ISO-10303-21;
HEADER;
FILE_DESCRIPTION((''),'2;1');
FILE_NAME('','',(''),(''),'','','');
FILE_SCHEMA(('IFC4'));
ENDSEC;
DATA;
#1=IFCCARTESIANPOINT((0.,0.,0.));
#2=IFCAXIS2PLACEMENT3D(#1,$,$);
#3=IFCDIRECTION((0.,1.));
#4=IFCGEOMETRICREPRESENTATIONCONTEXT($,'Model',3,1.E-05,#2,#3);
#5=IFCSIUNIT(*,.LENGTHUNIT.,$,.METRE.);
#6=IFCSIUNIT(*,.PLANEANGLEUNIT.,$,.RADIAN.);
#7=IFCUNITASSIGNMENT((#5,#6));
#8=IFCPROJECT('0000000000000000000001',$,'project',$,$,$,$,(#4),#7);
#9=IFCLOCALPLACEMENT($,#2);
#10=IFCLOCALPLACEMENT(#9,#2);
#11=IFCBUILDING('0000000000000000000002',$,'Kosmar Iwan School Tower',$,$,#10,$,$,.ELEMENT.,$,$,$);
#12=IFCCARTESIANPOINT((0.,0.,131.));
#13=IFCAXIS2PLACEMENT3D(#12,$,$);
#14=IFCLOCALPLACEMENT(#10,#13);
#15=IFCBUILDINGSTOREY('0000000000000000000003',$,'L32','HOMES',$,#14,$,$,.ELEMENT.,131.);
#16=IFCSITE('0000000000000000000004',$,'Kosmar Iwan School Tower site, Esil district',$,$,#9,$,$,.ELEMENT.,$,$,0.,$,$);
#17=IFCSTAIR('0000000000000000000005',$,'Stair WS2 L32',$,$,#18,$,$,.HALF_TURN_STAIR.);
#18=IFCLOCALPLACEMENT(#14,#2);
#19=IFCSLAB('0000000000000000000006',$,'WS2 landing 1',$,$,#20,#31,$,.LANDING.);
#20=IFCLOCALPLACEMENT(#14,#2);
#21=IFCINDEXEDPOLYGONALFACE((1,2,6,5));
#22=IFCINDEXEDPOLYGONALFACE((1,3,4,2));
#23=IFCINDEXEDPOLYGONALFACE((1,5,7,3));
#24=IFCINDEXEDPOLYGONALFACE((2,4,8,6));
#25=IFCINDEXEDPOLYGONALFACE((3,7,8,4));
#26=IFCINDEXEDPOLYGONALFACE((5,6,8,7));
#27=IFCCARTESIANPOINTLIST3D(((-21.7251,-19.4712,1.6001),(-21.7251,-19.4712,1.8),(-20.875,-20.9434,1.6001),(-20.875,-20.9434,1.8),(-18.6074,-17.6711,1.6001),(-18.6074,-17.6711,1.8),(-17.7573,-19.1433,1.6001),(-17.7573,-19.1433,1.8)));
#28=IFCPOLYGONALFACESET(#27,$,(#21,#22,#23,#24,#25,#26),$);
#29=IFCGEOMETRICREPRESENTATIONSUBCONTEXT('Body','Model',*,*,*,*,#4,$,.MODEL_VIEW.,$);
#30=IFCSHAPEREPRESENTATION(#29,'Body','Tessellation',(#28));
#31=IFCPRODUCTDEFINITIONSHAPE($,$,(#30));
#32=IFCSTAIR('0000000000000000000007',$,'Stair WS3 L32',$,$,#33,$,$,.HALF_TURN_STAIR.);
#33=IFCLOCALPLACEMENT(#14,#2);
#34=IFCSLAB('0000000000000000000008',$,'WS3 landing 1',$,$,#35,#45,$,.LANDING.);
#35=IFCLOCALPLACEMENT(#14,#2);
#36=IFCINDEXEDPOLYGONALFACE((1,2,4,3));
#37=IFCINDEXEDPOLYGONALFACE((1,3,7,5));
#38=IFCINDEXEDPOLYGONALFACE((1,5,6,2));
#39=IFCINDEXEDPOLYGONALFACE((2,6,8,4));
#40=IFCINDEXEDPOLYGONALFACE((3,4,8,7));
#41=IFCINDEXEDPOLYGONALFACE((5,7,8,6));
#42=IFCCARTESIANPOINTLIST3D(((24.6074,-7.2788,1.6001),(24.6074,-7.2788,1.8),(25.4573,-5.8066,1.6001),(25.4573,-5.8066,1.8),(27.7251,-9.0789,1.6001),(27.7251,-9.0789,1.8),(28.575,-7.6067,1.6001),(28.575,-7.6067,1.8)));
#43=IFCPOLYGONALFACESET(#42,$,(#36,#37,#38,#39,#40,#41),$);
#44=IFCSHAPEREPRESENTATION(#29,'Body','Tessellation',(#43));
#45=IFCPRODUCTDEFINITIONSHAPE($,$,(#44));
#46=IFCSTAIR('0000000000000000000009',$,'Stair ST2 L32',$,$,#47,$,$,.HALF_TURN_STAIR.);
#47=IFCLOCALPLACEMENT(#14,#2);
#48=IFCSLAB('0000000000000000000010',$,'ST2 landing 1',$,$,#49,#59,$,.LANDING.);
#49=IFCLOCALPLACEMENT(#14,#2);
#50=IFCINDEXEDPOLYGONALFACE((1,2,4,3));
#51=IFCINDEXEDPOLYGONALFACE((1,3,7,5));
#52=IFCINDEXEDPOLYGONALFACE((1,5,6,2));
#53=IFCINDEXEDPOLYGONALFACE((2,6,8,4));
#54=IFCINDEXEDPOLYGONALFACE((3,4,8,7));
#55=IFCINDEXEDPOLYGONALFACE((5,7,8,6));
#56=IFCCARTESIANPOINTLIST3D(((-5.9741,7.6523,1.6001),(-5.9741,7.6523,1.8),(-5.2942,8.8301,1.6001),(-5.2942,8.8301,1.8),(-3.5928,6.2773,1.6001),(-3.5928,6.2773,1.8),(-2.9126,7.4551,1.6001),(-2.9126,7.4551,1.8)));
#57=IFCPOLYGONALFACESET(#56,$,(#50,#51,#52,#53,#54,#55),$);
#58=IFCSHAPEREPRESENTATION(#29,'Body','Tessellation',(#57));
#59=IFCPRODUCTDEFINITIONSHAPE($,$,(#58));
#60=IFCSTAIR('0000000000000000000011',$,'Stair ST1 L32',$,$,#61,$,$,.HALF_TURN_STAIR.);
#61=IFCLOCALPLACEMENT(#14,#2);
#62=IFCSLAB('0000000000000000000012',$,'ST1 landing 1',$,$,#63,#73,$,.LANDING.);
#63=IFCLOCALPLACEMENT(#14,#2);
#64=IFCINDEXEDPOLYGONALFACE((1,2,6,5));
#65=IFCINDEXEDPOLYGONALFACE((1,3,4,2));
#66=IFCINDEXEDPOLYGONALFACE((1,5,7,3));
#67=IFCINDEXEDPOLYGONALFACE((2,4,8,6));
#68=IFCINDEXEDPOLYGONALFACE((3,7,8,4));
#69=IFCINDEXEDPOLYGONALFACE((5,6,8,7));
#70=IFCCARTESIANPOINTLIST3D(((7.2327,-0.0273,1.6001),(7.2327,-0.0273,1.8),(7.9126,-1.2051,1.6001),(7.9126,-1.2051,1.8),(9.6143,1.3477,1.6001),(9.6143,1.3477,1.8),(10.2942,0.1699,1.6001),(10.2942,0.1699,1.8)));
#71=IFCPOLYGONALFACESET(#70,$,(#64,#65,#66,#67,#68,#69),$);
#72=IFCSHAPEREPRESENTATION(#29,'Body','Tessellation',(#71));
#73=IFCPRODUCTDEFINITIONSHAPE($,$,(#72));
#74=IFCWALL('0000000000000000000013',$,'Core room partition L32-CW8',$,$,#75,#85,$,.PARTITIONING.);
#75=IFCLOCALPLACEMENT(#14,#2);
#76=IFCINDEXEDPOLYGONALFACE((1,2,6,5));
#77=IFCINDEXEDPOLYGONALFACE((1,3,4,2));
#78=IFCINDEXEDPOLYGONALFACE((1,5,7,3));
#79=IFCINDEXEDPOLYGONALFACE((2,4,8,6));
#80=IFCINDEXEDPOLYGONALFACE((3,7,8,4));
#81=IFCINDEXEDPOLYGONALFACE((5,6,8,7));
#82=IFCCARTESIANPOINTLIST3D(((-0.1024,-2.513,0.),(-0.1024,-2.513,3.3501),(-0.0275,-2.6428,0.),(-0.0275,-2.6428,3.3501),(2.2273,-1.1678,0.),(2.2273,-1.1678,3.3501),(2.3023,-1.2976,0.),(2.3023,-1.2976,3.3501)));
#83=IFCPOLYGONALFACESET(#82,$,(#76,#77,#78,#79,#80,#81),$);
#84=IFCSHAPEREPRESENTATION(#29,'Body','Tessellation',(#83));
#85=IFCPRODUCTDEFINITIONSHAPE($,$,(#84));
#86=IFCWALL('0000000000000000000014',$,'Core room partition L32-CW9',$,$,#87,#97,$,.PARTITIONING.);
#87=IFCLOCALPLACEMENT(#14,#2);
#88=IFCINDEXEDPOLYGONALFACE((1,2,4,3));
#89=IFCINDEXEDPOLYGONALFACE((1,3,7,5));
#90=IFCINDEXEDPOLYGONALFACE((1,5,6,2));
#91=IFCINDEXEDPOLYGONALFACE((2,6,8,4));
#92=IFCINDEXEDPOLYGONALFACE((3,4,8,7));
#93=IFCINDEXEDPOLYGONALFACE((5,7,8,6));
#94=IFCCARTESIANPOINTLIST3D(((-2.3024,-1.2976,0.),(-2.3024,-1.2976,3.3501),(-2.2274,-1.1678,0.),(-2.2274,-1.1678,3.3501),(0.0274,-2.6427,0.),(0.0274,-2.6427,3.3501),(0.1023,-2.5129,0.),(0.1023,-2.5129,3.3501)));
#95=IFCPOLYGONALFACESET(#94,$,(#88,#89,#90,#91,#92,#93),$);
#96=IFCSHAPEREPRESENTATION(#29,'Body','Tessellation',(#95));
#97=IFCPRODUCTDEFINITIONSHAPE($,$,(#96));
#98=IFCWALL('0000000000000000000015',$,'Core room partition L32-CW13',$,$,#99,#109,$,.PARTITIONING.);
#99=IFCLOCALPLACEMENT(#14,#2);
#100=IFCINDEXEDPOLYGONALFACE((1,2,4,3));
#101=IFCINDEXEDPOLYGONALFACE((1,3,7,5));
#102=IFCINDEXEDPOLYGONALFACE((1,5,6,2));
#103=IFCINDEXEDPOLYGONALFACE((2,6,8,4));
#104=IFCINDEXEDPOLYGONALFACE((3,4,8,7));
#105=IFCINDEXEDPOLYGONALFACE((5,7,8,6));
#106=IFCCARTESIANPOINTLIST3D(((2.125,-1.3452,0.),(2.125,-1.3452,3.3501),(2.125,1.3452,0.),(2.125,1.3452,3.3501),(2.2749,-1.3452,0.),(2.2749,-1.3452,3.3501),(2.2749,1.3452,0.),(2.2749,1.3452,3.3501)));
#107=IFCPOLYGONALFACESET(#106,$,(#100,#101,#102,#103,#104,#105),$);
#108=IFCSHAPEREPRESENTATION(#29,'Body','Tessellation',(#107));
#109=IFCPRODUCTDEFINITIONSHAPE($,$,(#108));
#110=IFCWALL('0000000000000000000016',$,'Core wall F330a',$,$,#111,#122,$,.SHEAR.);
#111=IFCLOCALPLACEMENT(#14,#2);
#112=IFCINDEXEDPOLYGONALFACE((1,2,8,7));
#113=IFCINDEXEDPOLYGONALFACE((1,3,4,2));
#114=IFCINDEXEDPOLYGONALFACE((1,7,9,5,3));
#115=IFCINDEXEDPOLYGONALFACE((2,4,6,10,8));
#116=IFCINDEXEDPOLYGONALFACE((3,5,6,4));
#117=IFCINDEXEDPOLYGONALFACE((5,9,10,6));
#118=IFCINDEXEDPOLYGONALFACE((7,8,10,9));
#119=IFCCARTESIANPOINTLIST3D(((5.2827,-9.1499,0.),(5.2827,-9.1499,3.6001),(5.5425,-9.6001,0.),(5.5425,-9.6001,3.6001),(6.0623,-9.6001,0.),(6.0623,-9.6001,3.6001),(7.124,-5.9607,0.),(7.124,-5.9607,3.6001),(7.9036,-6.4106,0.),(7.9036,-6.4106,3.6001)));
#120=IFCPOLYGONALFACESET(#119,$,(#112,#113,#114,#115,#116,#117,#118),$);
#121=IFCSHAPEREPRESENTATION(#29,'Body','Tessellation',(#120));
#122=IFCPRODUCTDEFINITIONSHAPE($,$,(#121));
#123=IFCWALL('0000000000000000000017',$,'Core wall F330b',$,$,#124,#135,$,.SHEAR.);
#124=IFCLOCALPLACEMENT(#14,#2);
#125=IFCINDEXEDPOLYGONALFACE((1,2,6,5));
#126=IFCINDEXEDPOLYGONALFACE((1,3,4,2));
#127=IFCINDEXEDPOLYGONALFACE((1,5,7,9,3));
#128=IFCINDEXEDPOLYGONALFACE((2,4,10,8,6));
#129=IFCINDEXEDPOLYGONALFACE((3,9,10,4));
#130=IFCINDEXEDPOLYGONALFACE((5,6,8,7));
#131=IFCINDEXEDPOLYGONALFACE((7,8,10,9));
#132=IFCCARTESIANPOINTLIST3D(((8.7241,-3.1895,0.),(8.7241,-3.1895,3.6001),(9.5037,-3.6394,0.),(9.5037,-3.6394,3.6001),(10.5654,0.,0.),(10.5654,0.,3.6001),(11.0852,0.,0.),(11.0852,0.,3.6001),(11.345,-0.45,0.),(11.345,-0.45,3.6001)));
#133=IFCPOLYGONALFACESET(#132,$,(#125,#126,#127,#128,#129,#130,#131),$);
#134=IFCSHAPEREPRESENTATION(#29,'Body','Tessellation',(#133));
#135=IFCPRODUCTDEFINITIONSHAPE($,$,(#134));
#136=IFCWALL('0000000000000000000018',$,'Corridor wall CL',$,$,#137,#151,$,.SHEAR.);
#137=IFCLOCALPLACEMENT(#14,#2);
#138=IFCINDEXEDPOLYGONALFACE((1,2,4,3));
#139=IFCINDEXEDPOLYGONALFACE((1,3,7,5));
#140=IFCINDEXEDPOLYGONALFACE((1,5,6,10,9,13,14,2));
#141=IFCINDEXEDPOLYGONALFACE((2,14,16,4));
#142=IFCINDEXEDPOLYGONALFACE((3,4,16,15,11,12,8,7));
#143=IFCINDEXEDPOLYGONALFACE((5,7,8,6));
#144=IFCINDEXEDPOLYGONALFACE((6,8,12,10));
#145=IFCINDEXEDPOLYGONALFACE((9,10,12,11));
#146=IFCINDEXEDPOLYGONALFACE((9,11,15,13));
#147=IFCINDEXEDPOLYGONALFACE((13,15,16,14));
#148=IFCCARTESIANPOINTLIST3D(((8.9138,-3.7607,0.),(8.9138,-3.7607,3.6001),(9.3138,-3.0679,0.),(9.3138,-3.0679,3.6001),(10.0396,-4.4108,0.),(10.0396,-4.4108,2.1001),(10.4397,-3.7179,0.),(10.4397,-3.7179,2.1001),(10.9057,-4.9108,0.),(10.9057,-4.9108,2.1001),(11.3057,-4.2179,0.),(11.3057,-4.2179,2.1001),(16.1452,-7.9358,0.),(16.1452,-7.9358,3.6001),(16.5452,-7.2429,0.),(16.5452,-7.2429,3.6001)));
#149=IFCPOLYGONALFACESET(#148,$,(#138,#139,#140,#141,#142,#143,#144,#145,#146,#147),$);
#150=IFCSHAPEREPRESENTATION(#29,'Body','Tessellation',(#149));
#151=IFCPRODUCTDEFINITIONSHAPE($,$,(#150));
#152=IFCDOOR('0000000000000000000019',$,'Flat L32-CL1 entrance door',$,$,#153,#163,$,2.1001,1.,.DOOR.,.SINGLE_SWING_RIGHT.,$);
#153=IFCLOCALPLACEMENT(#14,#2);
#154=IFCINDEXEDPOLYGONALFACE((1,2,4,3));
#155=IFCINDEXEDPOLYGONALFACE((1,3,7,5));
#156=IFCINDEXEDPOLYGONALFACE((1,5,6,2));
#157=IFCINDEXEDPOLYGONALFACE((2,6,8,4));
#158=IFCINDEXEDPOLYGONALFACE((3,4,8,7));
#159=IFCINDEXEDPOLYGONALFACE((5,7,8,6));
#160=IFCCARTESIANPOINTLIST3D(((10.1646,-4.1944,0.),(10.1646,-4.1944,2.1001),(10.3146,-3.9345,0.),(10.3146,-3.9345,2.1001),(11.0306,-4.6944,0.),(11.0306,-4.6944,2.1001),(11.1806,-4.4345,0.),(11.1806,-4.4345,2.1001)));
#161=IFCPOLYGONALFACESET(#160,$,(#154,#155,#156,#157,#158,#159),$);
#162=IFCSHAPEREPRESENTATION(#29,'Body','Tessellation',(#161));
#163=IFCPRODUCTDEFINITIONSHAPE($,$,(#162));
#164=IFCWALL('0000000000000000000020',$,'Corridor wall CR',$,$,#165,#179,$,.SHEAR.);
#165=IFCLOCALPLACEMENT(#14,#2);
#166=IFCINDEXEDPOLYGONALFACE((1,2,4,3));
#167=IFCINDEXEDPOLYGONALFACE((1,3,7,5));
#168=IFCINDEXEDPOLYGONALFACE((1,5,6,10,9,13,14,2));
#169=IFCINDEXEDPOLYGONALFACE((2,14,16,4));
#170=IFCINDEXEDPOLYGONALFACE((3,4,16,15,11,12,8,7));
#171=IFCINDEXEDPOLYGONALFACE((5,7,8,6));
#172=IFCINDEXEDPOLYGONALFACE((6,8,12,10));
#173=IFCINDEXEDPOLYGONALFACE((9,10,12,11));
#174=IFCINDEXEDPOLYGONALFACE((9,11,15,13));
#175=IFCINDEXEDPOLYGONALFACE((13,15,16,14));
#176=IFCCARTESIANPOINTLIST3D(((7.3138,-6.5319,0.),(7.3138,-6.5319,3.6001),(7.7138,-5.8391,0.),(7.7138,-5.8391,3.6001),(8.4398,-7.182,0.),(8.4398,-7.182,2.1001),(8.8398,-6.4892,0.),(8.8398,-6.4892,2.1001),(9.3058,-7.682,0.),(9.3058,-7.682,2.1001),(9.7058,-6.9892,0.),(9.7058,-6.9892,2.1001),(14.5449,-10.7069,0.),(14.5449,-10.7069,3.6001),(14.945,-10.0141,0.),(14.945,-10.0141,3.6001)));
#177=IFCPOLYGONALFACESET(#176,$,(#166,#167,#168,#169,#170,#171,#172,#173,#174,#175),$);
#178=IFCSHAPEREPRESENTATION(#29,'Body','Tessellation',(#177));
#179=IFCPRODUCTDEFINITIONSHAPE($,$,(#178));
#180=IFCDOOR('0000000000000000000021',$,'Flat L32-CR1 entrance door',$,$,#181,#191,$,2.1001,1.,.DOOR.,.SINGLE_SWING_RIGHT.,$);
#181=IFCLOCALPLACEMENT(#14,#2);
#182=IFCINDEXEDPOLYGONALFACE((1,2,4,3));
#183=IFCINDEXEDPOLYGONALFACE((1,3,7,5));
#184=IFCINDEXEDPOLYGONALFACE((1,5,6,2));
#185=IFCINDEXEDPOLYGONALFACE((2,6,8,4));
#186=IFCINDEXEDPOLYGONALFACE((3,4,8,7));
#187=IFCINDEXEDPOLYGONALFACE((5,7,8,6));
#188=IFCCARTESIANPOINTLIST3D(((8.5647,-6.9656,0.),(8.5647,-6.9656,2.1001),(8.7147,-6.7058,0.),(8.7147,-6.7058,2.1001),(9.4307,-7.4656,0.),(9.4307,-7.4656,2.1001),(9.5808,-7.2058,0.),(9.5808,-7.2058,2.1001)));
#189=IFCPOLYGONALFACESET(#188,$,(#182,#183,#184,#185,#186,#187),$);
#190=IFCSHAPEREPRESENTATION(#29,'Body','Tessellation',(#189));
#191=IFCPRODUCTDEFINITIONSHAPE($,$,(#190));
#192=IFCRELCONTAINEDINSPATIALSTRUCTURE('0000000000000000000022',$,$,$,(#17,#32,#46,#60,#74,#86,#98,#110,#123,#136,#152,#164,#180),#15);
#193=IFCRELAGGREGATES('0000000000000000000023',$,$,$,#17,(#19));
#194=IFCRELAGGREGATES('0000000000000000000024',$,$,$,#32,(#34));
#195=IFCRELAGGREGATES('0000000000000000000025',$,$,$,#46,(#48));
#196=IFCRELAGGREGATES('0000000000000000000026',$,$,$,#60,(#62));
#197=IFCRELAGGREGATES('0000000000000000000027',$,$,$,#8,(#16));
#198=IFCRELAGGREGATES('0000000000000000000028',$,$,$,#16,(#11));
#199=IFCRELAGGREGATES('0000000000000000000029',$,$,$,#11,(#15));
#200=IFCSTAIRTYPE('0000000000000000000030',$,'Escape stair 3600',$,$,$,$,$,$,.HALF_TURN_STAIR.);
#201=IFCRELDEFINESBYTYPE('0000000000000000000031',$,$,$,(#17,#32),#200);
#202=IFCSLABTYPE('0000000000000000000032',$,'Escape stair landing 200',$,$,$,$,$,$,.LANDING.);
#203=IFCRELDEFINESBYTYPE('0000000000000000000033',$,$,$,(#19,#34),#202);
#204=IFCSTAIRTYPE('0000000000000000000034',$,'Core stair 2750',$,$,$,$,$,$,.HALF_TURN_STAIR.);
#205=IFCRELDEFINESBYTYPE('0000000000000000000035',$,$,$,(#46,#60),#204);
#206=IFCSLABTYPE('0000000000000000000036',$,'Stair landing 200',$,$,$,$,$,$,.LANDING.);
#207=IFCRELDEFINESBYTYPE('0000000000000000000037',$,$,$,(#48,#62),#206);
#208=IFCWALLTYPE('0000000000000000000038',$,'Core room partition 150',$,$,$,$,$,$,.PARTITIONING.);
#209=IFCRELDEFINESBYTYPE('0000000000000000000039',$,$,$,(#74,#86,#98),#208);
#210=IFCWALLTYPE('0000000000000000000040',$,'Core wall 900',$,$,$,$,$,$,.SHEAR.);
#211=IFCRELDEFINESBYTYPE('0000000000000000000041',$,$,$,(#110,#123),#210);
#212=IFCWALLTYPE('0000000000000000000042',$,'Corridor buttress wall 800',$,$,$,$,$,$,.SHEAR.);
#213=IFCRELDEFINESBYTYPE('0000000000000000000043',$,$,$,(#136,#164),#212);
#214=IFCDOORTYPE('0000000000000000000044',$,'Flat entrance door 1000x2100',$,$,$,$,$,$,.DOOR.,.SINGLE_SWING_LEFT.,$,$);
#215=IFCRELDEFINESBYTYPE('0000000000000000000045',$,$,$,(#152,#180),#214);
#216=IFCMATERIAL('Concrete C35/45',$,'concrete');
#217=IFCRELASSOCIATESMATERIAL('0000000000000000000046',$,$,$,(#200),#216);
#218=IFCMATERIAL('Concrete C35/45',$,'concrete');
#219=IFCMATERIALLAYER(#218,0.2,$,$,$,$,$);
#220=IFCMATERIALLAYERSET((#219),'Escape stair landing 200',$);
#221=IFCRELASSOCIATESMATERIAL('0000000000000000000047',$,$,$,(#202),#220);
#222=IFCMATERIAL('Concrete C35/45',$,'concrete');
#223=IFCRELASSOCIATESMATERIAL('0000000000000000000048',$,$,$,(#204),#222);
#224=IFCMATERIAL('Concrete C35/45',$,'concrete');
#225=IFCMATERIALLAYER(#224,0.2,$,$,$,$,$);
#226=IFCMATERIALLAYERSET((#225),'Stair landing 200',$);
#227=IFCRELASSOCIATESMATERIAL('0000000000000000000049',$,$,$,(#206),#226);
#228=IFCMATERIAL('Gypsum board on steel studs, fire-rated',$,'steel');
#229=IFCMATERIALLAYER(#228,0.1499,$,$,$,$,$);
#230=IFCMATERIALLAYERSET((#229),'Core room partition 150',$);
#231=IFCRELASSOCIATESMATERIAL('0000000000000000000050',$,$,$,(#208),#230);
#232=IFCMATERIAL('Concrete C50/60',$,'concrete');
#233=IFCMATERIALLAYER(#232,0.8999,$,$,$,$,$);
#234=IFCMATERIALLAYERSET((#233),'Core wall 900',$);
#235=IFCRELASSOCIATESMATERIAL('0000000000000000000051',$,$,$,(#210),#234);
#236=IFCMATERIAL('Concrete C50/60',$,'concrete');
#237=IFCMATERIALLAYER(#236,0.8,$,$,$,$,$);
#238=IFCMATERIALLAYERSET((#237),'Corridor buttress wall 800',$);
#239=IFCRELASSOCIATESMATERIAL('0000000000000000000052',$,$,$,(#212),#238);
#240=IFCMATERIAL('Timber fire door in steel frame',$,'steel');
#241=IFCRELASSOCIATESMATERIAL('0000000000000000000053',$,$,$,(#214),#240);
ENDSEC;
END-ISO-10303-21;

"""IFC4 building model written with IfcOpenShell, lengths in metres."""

from ifc_helpers import new_model, si_unit, direction, frame, frame_2d, origin, place, context, subcontext, project, spatial, polyline, rectangle, outline, extrude, material, layer, layer_set, type_object, element, fill, aggregate, save


model = new_model("IFC4")

# Units and contexts
model_context = context("Model", 3, precision=1e-05, world=origin(), true_north=direction((0.0, 1.0)))
body_context = subcontext(model_context, "Body", "Model", "MODEL_VIEW")
ifc_project = project(units=[si_unit("LENGTHUNIT", "METRE"), si_unit("PLANEANGLEUNIT", "RADIAN")], contexts=[model_context])

# Site, building, storey
site_placement = place(None, origin())
site = spatial("IfcSite", under=ifc_project, at=site_placement, Name="Kosmar Iwan School Tower site, Esil district", CompositionType="ELEMENT", RefElevation=0.0)
building_placement = place(site_placement, origin())
building = spatial("IfcBuilding", under=site, at=building_placement, Name="Kosmar Iwan School Tower", CompositionType="ELEMENT")
storey_placement = place(building_placement, frame((0.0, 0.0, 131.0)))
storey = spatial("IfcBuildingStorey", under=building, at=storey_placement, Name="L32", Description="HOMES", CompositionType="ELEMENT", Elevation=131.0)

# Stairs, slabs
ifc_material_1 = material(Name="Concrete C35/45", Category="concrete")
stair_type_1 = type_object("IfcStairType", Name="Escape stair 3600", PredefinedType="HALF_TURN_STAIR", material=ifc_material_1)
stair_1_placement = place(storey_placement, origin())
stair_1 = element("IfcStair", 1, at=stair_1_placement, inside=storey, type_object=stair_type_1, Name="Stair WS2 L32", PredefinedType="HALF_TURN_STAIR")
ifc_material_2 = material(Name="Concrete C35/45", Category="concrete")
ifc_layer_1 = layer(ifc_material_2, 0.2)
ifc_layer_set_1 = layer_set([ifc_layer_1], Name="Escape stair landing 200")
slab_type_1 = type_object("IfcSlabType", Name="Escape stair landing 200", PredefinedType="LANDING", material=ifc_layer_set_1)
slab_1_placement = place(storey_placement, frame((0.0, 0.0, 1.6001)))
slab_1 = element("IfcSlab", 2, at=slab_1_placement, type_object=slab_type_1, Name="WS2 landing 1", PredefinedType="LANDING", context=body_context, shape_type="SweptSolid", body=[
    extrude(outline(polyline([(-18.6074, -17.6711), (-21.7251, -19.4712), (-20.875, -20.9434), (-17.7573, -19.1433), (-18.6074, -17.6711)])), origin(), (0.0, 0.0, 1.0), 0.2),
])
aggregate(stair_1, [slab_1])
stair_2_placement = place(storey_placement, origin())
stair_2 = element("IfcStair", 3, at=stair_2_placement, inside=storey, type_object=stair_type_1, Name="Stair WS3 L32", PredefinedType="HALF_TURN_STAIR")
slab_2_placement = place(storey_placement, frame((0.0, 0.0, 1.6001)))
slab_2 = element("IfcSlab", 4, at=slab_2_placement, type_object=slab_type_1, Name="WS3 landing 1", PredefinedType="LANDING", context=body_context, shape_type="SweptSolid", body=[
    extrude(outline(polyline([(24.6074, -7.2788), (27.7251, -9.0789), (28.575, -7.6067), (25.4573, -5.8066), (24.6074, -7.2788)])), origin(), (0.0, 0.0, 1.0), 0.2),
])
aggregate(stair_2, [slab_2])
ifc_material_3 = material(Name="Concrete C35/45", Category="concrete")
stair_type_2 = type_object("IfcStairType", Name="Core stair 2750", PredefinedType="HALF_TURN_STAIR", material=ifc_material_3)
stair_3_placement = place(storey_placement, origin())
stair_3 = element("IfcStair", 5, at=stair_3_placement, inside=storey, type_object=stair_type_2, Name="Stair ST2 L32", PredefinedType="HALF_TURN_STAIR")
ifc_material_4 = material(Name="Concrete C35/45", Category="concrete")
ifc_layer_2 = layer(ifc_material_4, 0.2)
ifc_layer_set_2 = layer_set([ifc_layer_2], Name="Stair landing 200")
slab_type_2 = type_object("IfcSlabType", Name="Stair landing 200", PredefinedType="LANDING", material=ifc_layer_set_2)
slab_3_placement = place(storey_placement, frame((0.0, 0.0, 1.6001)))
slab_3 = element("IfcSlab", 6, at=slab_3_placement, type_object=slab_type_2, Name="ST2 landing 1", PredefinedType="LANDING", context=body_context, shape_type="SweptSolid", body=[
    extrude(outline(polyline([(-2.9126, 7.4551), (-5.2942, 8.8301), (-5.9741, 7.6523), (-3.5928, 6.2773), (-2.9126, 7.4551)])), origin(), (0.0, 0.0, 1.0), 0.2),
])
aggregate(stair_3, [slab_3])
stair_4_placement = place(storey_placement, origin())
stair_4 = element("IfcStair", 7, at=stair_4_placement, inside=storey, type_object=stair_type_2, Name="Stair ST1 L32", PredefinedType="HALF_TURN_STAIR")
slab_4_placement = place(storey_placement, frame((0.0, 0.0, 1.6001)))
slab_4 = element("IfcSlab", 8, at=slab_4_placement, type_object=slab_type_2, Name="ST1 landing 1", PredefinedType="LANDING", context=body_context, shape_type="SweptSolid", body=[
    extrude(outline(polyline([(7.9126, -1.2051), (10.2942, 0.1699), (9.6143, 1.3477), (7.2327, -0.0273), (7.9126, -1.2051)])), origin(), (0.0, 0.0, 1.0), 0.2),
])

# Walls
ifc_material_5 = material(Name="Gypsum board on steel studs, fire-rated", Category="steel")
ifc_layer_3 = layer(ifc_material_5, 0.1499)
ifc_layer_set_3 = layer_set([ifc_layer_3], Name="Core room partition 150")
wall_type_1 = type_object("IfcWallType", Name="Core room partition 150", PredefinedType="PARTITIONING", material=ifc_layer_set_3)
for number, where, z_axis, x_axis, name in (
    (9, (2.2649, -1.2327, 0.0), (0.0, 0.0, 1.0), (-0.866012, -0.500024, 0.0), "Core room partition L32-CW8"),
    (10, (0.0649, -2.5779, 0.0), (0.0, 0.0, 1.0), (-0.866012, 0.500024, 0.0), "Core room partition L32-CW9"),
):
    element("IfcWall", number, at=place(storey_placement, frame(where, z_axis=z_axis, x_axis=x_axis)), inside=storey, type_object=wall_type_1, Name=name, PredefinedType="PARTITIONING", context=body_context, shape_type="SweptSolid", body=[
        extrude(rectangle(XDim=2.6902, YDim=0.1499, at=frame_2d((1.3452, 0.0))), origin(), (0.0, 0.0, 1.0), 3.3501),
    ])
wall_1_placement = place(storey_placement, frame((2.2, 1.3452, 0.0), z_axis=(0.0, 0.0, 1.0), x_axis=(0.0, -1.0, 0.0)))
element("IfcWall", 11, at=wall_1_placement, inside=storey, type_object=wall_type_1, Name="Core room partition L32-CW13", PredefinedType="PARTITIONING", context=body_context, shape_type="SweptSolid", body=[
    extrude(rectangle(XDim=2.6904, YDim=0.1499, at=frame_2d((1.3452, 0.0))), origin(), (0.0, 0.0, 1.0), 3.3501),
])
ifc_material_6 = material(Name="Concrete C50/60", Category="concrete")
ifc_layer_4 = layer(ifc_material_6, 0.8999)
ifc_layer_set_4 = layer_set([ifc_layer_4], Name="Core wall 900")
wall_type_2 = type_object("IfcWallType", Name="Core wall 900", PredefinedType="SHEAR", material=ifc_layer_set_4)
wall_2_placement = place(storey_placement, origin())
element("IfcWall", 12, at=wall_2_placement, inside=storey, type_object=wall_type_2, Name="Core wall F330a", PredefinedType="SHEAR", context=body_context, shape_type="SweptSolid", body=[
    extrude(outline(polyline([(5.5425, -9.6001), (6.0623, -9.6001), (7.9036, -6.4106), (7.124, -5.9607), (5.2827, -9.1499), (5.5425, -9.6001)])), origin(), (0.0, 0.0, 1.0), 3.6001),
])
wall_3_placement = place(storey_placement, origin())
element("IfcWall", 13, at=wall_3_placement, inside=storey, type_object=wall_type_2, Name="Core wall F330b", PredefinedType="SHEAR", context=body_context, shape_type="SweptSolid", body=[
    extrude(outline(polyline([(9.5037, -3.6394), (11.345, -0.45), (11.0852, 0.0), (10.5654, 0.0), (8.7241, -3.1895), (9.5037, -3.6394)])), origin(), (0.0, 0.0, 1.0), 3.6001),
])

# Walls, openings, doors
ifc_material_7 = material(Name="Concrete C50/60", Category="concrete")
ifc_layer_5 = layer(ifc_material_7, 0.8)
ifc_layer_set_5 = layer_set([ifc_layer_5], Name="Corridor buttress wall 800")
wall_type_3 = type_object("IfcWallType", Name="Corridor buttress wall 800", PredefinedType="SHEAR", material=ifc_layer_set_5)
wall_4_placement = place(storey_placement, frame((9.1138, -3.4143, 0.0), z_axis=(0.0, 0.0, 1.0), x_axis=(0.866027, -0.499997, 0.0)))
wall_4 = element("IfcWall", 14, at=wall_4_placement, inside=storey, type_object=wall_type_3, Name="Corridor wall CL", PredefinedType="SHEAR", context=body_context, shape_type="SweptSolid", body=[
    extrude(rectangle(XDim=8.3501, YDim=0.8, at=frame_2d((4.175, 0.0))), origin(), (0.0, 0.0, 1.0), 3.6001),
])
opening_1_placement = place(wall_4_placement, frame((1.3, 0.0, 0.0)))
opening_1 = element("IfcOpeningElement", 15, at=opening_1_placement, cuts=wall_4, PredefinedType="OPENING", context=body_context, shape_type="SweptSolid", body=[
    extrude(rectangle(XDim=1.0, YDim=2.1001, at=frame_2d((0.5, 1.05))), frame((0.0, 0.4121, 0.0), z_axis=(0.0, -1.0, 0.0), x_axis=(1.0, 0.0, 0.0)), (0.0, 0.0, 1.0), 0.824),
])
ifc_material_8 = material(Name="Timber fire door in steel frame", Category="steel")
door_type_1 = type_object("IfcDoorType", Name="Flat entrance door 1000x2100", OperationType="SINGLE_SWING_LEFT", PredefinedType="DOOR", material=ifc_material_8)
door_1_placement = place(opening_1_placement, origin())
door_1 = element("IfcDoor", 16, at=door_1_placement, inside=storey, type_object=door_type_1, Name="Flat L32-CL1 entrance door", OperationType="SINGLE_SWING_RIGHT", OverallHeight=2.1001, OverallWidth=1.0, PredefinedType="DOOR", context=body_context, shape_type="SweptSolid", body=[
    extrude(rectangle(XDim=1.0, YDim=2.1001, at=frame_2d((0.5, 1.05))), frame((0.0, 0.1499, 0.0), z_axis=(0.0, -1.0, 0.0), x_axis=(1.0, 0.0, 0.0)), (0.0, 0.0, 1.0), 0.3),
])
fill(opening_1, door_1)
wall_5_placement = place(storey_placement, frame((7.5139, -6.1855, 0.0), z_axis=(0.0, 0.0, 1.0), x_axis=(0.86602, -0.50001, 0.0)))
wall_5 = element("IfcWall", 17, at=wall_5_placement, inside=storey, type_object=wall_type_3, Name="Corridor wall CR", PredefinedType="SHEAR", context=body_context, shape_type="SweptSolid", body=[
    extrude(rectangle(XDim=8.3499, YDim=0.8, at=frame_2d((4.1748, 0.0))), origin(), (0.0, 0.0, 1.0), 3.6001),
])
opening_2_placement = place(wall_5_placement, frame((1.3, 0.0, 0.0)))
opening_2 = element("IfcOpeningElement", 18, at=opening_2_placement, cuts=wall_5, PredefinedType="OPENING", context=body_context, shape_type="SweptSolid", body=[
    extrude(rectangle(XDim=1.0, YDim=2.1001, at=frame_2d((0.5, 1.05))), frame((0.0, 0.4121, 0.0), z_axis=(0.0, -1.0, 0.0), x_axis=(1.0, 0.0, 0.0)), (0.0, 0.0, 1.0), 0.824),
])
door_2_placement = place(opening_2_placement, origin())
door_2 = element("IfcDoor", 19, at=door_2_placement, inside=storey, type_object=door_type_1, Name="Flat L32-CR1 entrance door", OperationType="SINGLE_SWING_RIGHT", OverallHeight=2.1001, OverallWidth=1.0, PredefinedType="DOOR", context=body_context, shape_type="SweptSolid", body=[
    extrude(rectangle(XDim=1.0, YDim=2.1001, at=frame_2d((0.5, 1.05))), frame((0.0, 0.1499, 0.0), z_axis=(0.0, -1.0, 0.0), x_axis=(1.0, 0.0, 0.0)), (0.0, 0.0, 1.0), 0.3),
])
fill(opening_2, door_2)

aggregate(stair_4, [slab_4])

save(model, "model.ifc")
